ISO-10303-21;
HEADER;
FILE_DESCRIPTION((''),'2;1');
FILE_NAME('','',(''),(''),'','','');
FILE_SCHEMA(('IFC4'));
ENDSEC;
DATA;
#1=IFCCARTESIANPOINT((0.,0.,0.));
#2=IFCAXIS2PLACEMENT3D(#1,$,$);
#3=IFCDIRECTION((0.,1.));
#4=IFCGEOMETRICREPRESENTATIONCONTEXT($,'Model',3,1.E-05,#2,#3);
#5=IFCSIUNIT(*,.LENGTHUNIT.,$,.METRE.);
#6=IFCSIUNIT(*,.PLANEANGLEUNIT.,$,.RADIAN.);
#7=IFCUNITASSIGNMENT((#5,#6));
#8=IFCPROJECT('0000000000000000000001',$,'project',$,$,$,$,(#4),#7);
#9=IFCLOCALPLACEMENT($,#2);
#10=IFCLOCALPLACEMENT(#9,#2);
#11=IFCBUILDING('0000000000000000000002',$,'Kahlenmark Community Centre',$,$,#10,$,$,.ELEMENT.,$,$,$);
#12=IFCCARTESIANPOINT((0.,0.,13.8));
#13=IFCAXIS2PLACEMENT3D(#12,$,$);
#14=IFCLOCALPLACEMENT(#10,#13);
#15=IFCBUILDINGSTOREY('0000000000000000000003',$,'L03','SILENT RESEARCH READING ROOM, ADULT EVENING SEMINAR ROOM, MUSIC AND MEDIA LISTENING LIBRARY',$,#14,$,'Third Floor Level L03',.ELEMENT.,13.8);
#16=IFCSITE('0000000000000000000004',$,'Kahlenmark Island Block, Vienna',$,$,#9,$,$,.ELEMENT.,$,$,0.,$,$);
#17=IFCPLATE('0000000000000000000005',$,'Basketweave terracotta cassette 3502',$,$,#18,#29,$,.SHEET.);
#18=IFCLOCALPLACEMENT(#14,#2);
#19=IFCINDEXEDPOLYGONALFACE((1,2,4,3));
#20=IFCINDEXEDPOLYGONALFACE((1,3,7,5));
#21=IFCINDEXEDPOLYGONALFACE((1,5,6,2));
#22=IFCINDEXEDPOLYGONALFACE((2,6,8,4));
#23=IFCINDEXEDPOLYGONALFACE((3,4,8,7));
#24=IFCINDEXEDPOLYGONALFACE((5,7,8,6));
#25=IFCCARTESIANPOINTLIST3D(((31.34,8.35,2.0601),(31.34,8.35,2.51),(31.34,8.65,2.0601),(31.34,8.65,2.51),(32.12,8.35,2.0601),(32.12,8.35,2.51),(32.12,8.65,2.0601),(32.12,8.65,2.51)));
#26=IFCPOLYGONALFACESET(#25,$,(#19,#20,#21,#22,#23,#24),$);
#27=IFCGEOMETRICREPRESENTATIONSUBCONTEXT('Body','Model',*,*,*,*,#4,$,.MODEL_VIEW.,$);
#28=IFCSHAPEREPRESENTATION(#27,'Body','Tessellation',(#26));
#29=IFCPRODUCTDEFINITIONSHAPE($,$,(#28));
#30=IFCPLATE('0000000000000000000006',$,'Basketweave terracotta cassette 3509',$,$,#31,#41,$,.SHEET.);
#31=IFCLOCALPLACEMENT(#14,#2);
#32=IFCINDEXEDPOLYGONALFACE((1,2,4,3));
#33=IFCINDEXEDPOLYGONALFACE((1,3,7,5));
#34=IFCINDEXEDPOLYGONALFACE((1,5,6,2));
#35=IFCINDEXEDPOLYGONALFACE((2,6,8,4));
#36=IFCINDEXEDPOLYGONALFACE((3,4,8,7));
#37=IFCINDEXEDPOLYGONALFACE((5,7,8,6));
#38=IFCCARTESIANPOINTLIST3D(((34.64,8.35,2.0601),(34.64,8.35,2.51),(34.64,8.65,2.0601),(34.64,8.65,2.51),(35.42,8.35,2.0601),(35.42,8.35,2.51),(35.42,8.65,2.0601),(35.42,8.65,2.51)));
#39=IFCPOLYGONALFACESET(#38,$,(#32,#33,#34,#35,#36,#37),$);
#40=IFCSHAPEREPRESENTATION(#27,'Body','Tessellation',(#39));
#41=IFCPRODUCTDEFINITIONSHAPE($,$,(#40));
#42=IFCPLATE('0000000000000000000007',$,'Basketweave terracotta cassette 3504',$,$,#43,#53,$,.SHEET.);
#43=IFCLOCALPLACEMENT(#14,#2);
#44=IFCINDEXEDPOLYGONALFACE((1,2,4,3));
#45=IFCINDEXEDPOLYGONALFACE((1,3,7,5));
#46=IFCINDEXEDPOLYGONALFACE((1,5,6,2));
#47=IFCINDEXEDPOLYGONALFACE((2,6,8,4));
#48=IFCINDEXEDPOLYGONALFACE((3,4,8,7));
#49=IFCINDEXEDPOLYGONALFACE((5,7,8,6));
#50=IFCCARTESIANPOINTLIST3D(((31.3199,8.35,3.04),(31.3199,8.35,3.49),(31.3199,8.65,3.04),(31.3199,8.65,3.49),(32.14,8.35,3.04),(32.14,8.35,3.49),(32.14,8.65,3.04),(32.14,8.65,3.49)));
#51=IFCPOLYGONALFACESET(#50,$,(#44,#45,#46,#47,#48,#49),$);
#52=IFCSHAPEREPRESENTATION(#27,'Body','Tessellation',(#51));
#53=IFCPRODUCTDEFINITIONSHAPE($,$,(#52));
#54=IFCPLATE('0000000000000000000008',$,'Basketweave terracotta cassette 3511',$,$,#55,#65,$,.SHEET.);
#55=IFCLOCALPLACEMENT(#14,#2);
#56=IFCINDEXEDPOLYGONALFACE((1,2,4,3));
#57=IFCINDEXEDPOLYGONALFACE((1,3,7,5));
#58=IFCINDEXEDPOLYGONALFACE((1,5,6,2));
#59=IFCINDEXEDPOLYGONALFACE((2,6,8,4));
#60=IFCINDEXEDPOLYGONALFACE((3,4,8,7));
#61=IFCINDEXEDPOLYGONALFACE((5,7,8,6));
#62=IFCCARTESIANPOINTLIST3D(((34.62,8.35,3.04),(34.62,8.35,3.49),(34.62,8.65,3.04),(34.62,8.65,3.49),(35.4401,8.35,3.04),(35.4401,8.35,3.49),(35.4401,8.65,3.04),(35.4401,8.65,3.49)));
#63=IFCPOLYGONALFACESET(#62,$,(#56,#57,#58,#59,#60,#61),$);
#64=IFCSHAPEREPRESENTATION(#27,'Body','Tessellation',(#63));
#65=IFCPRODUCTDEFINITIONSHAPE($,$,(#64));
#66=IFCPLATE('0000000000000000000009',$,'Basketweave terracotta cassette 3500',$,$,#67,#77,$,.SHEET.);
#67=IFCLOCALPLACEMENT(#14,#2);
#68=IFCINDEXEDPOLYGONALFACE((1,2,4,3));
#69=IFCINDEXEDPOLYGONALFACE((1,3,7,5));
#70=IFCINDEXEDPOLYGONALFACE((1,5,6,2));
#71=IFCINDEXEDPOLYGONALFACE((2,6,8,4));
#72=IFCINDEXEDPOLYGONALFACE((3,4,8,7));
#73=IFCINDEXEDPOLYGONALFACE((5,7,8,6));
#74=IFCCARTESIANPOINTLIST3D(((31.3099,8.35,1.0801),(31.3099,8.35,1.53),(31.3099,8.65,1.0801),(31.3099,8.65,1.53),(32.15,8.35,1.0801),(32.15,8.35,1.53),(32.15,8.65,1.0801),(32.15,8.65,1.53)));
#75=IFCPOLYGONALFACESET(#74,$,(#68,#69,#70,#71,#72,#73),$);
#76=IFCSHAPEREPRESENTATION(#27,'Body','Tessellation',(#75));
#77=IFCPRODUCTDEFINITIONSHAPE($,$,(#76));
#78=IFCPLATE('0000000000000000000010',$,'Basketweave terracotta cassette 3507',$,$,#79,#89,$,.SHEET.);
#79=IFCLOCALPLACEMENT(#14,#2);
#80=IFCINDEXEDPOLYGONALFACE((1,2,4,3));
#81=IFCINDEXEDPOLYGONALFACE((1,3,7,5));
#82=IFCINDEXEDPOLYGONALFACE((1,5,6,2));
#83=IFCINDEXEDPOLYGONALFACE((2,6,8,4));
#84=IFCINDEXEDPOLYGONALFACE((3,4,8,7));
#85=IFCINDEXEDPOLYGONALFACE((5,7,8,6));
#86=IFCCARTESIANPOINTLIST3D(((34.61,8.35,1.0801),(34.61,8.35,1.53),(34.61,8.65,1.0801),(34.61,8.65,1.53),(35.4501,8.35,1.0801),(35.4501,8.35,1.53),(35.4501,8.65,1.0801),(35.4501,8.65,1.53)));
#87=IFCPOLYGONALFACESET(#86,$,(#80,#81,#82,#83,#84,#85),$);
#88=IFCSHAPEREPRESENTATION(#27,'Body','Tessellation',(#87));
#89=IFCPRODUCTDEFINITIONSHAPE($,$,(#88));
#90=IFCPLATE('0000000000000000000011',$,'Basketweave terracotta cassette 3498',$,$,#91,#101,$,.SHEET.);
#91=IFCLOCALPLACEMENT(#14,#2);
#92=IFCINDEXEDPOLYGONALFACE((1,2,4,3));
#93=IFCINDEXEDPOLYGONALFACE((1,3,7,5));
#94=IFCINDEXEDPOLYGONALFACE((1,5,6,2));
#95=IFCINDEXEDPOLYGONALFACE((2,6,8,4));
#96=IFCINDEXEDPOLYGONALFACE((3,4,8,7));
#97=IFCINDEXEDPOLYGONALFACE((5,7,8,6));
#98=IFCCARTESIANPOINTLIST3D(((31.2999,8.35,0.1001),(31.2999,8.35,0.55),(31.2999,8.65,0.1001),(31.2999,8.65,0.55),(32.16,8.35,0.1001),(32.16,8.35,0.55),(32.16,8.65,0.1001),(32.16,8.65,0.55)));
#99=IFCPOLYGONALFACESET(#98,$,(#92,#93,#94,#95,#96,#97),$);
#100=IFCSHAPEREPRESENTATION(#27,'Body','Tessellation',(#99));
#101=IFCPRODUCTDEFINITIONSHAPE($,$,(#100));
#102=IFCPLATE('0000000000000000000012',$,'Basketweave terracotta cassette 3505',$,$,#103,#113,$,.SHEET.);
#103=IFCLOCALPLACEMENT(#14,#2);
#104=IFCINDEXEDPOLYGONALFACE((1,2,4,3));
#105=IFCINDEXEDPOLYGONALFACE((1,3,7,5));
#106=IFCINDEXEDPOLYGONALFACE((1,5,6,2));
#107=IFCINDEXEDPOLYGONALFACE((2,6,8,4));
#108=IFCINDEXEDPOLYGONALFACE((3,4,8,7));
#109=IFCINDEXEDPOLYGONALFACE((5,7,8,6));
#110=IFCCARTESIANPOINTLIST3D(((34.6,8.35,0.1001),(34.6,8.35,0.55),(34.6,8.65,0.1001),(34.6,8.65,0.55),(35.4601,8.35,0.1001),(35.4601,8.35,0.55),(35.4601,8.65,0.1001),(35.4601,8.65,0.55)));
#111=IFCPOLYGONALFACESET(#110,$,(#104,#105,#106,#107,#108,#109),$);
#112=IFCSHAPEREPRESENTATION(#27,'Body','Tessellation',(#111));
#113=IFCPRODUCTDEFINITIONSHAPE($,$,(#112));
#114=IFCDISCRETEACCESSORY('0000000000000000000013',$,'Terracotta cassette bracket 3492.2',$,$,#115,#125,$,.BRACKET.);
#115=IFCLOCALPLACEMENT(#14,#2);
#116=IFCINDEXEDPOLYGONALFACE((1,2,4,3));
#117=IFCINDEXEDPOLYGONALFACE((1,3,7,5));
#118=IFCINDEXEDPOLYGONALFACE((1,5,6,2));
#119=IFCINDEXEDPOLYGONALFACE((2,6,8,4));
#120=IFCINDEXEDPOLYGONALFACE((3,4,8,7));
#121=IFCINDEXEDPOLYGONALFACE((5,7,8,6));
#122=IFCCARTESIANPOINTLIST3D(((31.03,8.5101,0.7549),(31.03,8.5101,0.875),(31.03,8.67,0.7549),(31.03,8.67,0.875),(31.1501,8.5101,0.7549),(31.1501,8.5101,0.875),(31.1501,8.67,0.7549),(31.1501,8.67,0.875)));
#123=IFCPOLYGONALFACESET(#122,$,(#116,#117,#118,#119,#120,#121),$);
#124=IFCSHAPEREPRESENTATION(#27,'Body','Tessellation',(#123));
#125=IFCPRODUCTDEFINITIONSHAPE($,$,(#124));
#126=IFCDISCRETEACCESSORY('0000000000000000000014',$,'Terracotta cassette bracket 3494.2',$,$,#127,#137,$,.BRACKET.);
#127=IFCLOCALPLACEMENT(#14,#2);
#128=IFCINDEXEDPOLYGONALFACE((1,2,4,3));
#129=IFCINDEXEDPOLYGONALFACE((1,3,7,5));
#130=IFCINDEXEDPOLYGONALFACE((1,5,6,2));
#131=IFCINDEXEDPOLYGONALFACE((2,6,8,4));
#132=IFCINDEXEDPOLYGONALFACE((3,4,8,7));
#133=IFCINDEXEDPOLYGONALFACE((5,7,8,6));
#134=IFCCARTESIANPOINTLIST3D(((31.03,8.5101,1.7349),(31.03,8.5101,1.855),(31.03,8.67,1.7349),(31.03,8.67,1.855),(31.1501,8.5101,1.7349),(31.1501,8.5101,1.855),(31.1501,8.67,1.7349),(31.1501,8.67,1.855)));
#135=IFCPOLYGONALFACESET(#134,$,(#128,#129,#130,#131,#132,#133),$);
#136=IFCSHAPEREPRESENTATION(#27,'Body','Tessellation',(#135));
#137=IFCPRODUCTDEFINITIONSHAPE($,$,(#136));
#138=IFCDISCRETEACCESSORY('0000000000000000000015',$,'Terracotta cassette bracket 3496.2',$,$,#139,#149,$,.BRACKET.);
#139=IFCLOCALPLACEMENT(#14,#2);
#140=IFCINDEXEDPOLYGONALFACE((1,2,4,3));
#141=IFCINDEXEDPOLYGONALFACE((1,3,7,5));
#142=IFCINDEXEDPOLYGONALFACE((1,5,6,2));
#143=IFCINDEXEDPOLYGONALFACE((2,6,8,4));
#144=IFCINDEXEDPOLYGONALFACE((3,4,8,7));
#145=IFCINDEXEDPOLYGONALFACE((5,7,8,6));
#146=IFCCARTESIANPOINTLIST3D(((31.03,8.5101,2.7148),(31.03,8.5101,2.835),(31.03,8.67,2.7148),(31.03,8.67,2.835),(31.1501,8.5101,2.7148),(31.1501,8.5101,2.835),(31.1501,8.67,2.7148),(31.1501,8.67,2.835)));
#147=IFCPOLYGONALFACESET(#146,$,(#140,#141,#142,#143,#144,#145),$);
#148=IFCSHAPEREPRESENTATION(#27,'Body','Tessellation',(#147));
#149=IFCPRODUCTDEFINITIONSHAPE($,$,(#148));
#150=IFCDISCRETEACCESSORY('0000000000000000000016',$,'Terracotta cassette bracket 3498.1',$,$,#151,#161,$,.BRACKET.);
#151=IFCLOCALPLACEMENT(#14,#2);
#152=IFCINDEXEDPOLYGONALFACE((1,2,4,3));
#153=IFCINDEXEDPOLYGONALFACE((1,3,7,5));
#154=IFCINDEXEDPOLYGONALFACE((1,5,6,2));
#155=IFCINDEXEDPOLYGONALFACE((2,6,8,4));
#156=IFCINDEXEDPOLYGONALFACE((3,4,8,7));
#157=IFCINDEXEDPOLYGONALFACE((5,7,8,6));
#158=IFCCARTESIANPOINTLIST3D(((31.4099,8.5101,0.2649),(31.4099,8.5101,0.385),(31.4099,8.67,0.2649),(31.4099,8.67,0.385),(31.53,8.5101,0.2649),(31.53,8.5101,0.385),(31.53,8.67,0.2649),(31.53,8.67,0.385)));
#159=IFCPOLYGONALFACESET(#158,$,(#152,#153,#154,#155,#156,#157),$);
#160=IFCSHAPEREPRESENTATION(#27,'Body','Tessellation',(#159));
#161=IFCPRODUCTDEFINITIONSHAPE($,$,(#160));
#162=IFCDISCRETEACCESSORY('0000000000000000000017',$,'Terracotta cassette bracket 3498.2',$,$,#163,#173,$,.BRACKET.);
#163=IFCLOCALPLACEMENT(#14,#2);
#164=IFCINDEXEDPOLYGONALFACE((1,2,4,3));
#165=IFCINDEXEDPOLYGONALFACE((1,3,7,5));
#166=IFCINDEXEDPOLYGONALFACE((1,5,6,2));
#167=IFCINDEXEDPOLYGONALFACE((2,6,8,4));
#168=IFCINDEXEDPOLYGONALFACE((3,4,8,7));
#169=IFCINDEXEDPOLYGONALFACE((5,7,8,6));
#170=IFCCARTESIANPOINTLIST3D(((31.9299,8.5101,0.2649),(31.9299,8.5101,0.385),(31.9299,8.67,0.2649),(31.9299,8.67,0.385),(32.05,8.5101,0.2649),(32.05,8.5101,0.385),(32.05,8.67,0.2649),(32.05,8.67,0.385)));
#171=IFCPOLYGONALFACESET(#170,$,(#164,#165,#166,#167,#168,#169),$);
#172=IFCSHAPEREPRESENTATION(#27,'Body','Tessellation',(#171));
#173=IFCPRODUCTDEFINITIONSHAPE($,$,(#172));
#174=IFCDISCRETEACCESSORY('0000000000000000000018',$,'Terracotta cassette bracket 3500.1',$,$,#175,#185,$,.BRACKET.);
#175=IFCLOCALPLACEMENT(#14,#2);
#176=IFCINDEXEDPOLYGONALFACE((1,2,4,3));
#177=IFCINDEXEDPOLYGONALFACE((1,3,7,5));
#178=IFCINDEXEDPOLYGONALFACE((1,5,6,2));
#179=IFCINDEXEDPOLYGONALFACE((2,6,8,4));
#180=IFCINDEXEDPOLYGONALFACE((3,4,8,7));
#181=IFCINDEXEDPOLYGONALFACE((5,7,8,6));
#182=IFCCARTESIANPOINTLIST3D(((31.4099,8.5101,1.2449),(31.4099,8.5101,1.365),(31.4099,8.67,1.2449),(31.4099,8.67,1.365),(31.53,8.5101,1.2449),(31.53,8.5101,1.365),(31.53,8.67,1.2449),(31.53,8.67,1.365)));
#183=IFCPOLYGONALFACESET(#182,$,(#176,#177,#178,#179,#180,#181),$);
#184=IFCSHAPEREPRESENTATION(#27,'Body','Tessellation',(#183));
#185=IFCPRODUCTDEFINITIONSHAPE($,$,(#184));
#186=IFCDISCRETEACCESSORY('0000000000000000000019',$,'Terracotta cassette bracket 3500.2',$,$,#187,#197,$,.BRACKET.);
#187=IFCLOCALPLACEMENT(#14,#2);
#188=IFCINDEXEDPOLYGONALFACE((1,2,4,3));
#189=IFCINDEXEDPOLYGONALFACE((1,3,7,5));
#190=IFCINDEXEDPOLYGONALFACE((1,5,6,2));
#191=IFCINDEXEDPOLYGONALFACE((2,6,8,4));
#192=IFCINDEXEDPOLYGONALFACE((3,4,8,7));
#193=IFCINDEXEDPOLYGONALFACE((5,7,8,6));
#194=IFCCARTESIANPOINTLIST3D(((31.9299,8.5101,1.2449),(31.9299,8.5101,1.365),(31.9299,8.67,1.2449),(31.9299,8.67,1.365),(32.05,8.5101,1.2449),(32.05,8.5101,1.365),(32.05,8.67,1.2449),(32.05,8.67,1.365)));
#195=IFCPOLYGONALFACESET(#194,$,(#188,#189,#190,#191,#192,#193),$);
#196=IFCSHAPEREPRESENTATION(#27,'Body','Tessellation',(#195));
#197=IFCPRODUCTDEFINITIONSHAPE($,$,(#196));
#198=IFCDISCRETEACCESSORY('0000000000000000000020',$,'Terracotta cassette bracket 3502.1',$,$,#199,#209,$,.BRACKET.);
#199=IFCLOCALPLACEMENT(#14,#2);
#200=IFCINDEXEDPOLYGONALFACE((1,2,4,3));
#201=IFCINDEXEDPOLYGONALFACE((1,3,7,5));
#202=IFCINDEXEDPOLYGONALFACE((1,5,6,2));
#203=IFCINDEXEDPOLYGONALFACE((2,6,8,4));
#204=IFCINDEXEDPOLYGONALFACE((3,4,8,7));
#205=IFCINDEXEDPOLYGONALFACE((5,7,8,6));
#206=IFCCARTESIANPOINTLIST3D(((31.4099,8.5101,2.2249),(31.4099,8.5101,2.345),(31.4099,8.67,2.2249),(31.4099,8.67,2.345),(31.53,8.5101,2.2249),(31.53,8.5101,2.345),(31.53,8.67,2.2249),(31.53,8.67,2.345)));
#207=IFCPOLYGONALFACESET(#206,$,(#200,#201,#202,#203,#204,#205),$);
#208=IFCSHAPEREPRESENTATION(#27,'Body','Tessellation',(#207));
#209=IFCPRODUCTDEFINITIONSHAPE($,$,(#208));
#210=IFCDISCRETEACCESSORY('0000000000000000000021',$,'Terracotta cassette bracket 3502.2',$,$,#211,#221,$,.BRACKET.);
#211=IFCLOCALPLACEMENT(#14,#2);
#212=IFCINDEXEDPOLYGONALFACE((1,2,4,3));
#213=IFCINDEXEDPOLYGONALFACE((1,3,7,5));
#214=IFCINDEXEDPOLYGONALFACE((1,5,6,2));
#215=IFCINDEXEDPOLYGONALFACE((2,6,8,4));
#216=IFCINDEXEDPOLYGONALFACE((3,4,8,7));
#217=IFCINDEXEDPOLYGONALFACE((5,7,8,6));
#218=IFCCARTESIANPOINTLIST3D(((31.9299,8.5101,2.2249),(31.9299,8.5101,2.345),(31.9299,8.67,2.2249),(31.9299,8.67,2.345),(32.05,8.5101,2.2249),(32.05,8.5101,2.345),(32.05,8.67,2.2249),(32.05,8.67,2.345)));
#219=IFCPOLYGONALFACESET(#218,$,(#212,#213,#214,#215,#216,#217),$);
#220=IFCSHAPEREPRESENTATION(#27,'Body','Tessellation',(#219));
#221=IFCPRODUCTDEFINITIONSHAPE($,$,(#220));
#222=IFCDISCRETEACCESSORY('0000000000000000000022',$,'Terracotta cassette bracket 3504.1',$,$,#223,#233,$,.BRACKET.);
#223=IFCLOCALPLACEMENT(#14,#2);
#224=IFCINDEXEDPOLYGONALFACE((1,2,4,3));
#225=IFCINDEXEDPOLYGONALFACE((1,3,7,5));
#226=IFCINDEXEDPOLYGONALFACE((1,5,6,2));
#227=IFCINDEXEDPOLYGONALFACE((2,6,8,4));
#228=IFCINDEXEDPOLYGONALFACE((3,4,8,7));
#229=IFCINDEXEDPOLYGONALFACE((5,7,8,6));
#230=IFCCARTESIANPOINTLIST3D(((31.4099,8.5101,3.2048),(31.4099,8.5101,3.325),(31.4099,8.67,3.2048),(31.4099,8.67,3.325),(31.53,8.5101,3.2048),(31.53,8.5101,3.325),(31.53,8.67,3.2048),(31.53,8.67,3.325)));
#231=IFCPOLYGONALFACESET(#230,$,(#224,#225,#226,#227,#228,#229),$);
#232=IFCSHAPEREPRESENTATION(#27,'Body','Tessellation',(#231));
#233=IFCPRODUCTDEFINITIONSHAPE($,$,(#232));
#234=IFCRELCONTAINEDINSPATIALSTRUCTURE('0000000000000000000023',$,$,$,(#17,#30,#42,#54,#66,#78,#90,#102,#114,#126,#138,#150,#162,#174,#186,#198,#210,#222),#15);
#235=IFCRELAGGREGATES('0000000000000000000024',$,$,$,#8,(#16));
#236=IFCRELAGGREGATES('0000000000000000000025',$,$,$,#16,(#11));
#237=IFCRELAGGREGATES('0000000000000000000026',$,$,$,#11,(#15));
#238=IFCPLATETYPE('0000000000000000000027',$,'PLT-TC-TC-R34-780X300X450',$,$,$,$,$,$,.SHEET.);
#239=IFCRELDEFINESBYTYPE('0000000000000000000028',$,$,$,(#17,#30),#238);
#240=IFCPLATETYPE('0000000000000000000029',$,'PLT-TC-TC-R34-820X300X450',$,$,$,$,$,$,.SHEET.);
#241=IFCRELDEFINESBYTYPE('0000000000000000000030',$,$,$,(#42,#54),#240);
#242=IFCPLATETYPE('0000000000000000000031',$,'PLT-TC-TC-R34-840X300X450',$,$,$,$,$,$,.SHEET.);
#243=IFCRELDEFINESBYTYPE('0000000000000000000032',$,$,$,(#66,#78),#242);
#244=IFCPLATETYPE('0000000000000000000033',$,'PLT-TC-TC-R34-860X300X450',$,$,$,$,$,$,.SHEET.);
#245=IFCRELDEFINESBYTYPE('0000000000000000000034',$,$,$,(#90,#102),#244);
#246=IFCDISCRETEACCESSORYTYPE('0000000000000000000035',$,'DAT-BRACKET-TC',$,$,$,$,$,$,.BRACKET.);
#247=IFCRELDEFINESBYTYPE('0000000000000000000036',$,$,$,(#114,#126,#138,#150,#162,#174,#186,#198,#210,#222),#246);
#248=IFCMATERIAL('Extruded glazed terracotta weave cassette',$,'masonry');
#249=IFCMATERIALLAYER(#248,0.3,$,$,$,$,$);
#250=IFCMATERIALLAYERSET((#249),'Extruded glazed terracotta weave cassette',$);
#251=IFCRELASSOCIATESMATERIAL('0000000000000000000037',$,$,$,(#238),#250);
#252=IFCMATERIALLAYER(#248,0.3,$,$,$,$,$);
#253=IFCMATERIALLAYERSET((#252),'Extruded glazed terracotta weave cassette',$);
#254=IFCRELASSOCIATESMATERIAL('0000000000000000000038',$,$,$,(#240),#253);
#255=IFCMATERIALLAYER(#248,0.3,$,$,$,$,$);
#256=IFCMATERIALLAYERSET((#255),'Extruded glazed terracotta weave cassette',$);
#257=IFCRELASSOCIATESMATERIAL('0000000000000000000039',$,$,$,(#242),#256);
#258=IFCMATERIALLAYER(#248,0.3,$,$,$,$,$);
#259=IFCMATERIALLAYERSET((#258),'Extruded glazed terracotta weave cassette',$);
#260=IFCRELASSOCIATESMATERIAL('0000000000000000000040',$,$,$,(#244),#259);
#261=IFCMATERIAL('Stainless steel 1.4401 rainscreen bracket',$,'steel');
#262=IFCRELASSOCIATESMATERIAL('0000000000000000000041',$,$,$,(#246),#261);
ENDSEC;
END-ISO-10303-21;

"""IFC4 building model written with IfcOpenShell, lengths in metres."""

from ifc_helpers import new_model, si_unit, direction, frame, origin, origin_2d, place, context, subcontext, project, spatial, rectangle, extrude, material, layer, layer_set, type_object, element, save


model = new_model("IFC4")

# Units and contexts
model_context = context("Model", 3, precision=1e-05, world=origin(), true_north=direction((0.0, 1.0)))
body_context = subcontext(model_context, "Body", "Model", "MODEL_VIEW")
ifc_project = project(units=[si_unit("LENGTHUNIT", "METRE"), si_unit("PLANEANGLEUNIT", "RADIAN")], contexts=[model_context])

# Site, building, storey
site_placement = place(None, origin())
site = spatial("IfcSite", under=ifc_project, at=site_placement, Name="Kahlenmark Island Block, Vienna", CompositionType="ELEMENT", RefElevation=0.0)
building_placement = place(site_placement, origin())
building = spatial("IfcBuilding", under=site, at=building_placement, Name="Kahlenmark Community Centre", CompositionType="ELEMENT")
storey_placement = place(building_placement, frame((0.0, 0.0, 13.8)))
storey = spatial("IfcBuildingStorey", under=building, at=storey_placement, Name="L03", Description="SILENT RESEARCH READING ROOM, ADULT EVENING SEMINAR ROOM, MUSIC AND MEDIA LISTENING LIBRARY", LongName="Third Floor Level L03", CompositionType="ELEMENT", Elevation=13.8)

# Plates
ifc_material_1 = material(Name="Extruded glazed terracotta weave cassette", Category="masonry")
ifc_layer_1 = layer(ifc_material_1, 0.3)
ifc_layer_set_1 = layer_set([ifc_layer_1], Name="Extruded glazed terracotta weave cassette")
plate_type_1 = type_object("IfcPlateType", Name="PLT-TC-TC-R34-780X300X450", PredefinedType="SHEET", material=ifc_layer_set_1)
for number, where, z_axis, x_axis, name in (
    (1, (31.73, 8.5, 2.0601), (0.0, 0.0, 1.0), (1.0, 0.0, 0.0), "Basketweave terracotta cassette 3502"),
    (2, (35.03, 8.5, 2.0601), (0.0, 0.0, 1.0), (1.0, 0.0, 0.0), "Basketweave terracotta cassette 3509"),
):
    element("IfcPlate", number, at=place(storey_placement, frame(where, z_axis=z_axis, x_axis=x_axis)), inside=storey, type_object=plate_type_1, Name=name, PredefinedType="SHEET", context=body_context, shape_type="SweptSolid", body=[
        extrude(rectangle(XDim=0.78, YDim=0.3, at=origin_2d()), origin(), (0.0, 0.0, 1.0), 0.45),
    ])
ifc_layer_2 = layer(ifc_material_1, 0.3)
ifc_layer_set_2 = layer_set([ifc_layer_2], Name="Extruded glazed terracotta weave cassette")
plate_type_2 = type_object("IfcPlateType", Name="PLT-TC-TC-R34-820X300X450", PredefinedType="SHEET", material=ifc_layer_set_2)
for number, where, z_axis, x_axis, name in (
    (3, (31.73, 8.5, 3.04), (0.0, 0.0, 1.0), (1.0, 0.0, 0.0), "Basketweave terracotta cassette 3504"),
    (4, (35.03, 8.5, 3.04), (0.0, 0.0, 1.0), (1.0, 0.0, 0.0), "Basketweave terracotta cassette 3511"),
):
    element("IfcPlate", number, at=place(storey_placement, frame(where, z_axis=z_axis, x_axis=x_axis)), inside=storey, type_object=plate_type_2, Name=name, PredefinedType="SHEET", context=body_context, shape_type="SweptSolid", body=[
        extrude(rectangle(XDim=0.8201, YDim=0.3, at=origin_2d()), origin(), (0.0, 0.0, 1.0), 0.45),
    ])
ifc_layer_3 = layer(ifc_material_1, 0.3)
ifc_layer_set_3 = layer_set([ifc_layer_3], Name="Extruded glazed terracotta weave cassette")
plate_type_3 = type_object("IfcPlateType", Name="PLT-TC-TC-R34-840X300X450", PredefinedType="SHEET", material=ifc_layer_set_3)
for number, where, z_axis, x_axis, name in (
    (5, (31.73, 8.5, 1.0801), (0.0, 0.0, 1.0), (1.0, 0.0, 0.0), "Basketweave terracotta cassette 3500"),
    (6, (35.03, 8.5, 1.0801), (0.0, 0.0, 1.0), (1.0, 0.0, 0.0), "Basketweave terracotta cassette 3507"),
):
    element("IfcPlate", number, at=place(storey_placement, frame(where, z_axis=z_axis, x_axis=x_axis)), inside=storey, type_object=plate_type_3, Name=name, PredefinedType="SHEET", context=body_context, shape_type="SweptSolid", body=[
        extrude(rectangle(XDim=0.8401, YDim=0.3, at=origin_2d()), origin(), (0.0, 0.0, 1.0), 0.45),
    ])
ifc_layer_4 = layer(ifc_material_1, 0.3)
ifc_layer_set_4 = layer_set([ifc_layer_4], Name="Extruded glazed terracotta weave cassette")
plate_type_4 = type_object("IfcPlateType", Name="PLT-TC-TC-R34-860X300X450", PredefinedType="SHEET", material=ifc_layer_set_4)
for number, where, z_axis, x_axis, name in (
    (7, (31.73, 8.5, 0.1001), (0.0, 0.0, 1.0), (1.0, 0.0, 0.0), "Basketweave terracotta cassette 3498"),
    (8, (35.03, 8.5, 0.1001), (0.0, 0.0, 1.0), (1.0, 0.0, 0.0), "Basketweave terracotta cassette 3505"),
):
    element("IfcPlate", number, at=place(storey_placement, frame(where, z_axis=z_axis, x_axis=x_axis)), inside=storey, type_object=plate_type_4, Name=name, PredefinedType="SHEET", context=body_context, shape_type="SweptSolid", body=[
        extrude(rectangle(XDim=0.8601, YDim=0.3, at=origin_2d()), origin(), (0.0, 0.0, 1.0), 0.45),
    ])

# Discrete accessories
ifc_material_2 = material(Name="Stainless steel 1.4401 rainscreen bracket", Category="steel")
discrete_accessory_type = type_object("IfcDiscreteAccessoryType", Name="DAT-BRACKET-TC", PredefinedType="BRACKET", material=ifc_material_2)
for number, where, z_axis, x_axis, name in (
    (9, (31.0901, 8.5901, 0.7549), (0.0, 0.0, 1.0), (1.0, 0.0, 0.0), "Terracotta cassette bracket 3492.2"),
    (10, (31.0901, 8.5901, 1.7349), (0.0, 0.0, 1.0), (1.0, 0.0, 0.0), "Terracotta cassette bracket 3494.2"),
    (11, (31.0901, 8.5901, 2.7148), (0.0, 0.0, 1.0), (1.0, 0.0, 0.0), "Terracotta cassette bracket 3496.2"),
    (12, (31.47, 8.5901, 0.2649), (0.0, 0.0, 1.0), (1.0, 0.0, 0.0), "Terracotta cassette bracket 3498.1"),
    (13, (31.99, 8.5901, 0.2649), (0.0, 0.0, 1.0), (1.0, 0.0, 0.0), "Terracotta cassette bracket 3498.2"),
    (14, (31.47, 8.5901, 1.2449), (0.0, 0.0, 1.0), (1.0, 0.0, 0.0), "Terracotta cassette bracket 3500.1"),
    (15, (31.99, 8.5901, 1.2449), (0.0, 0.0, 1.0), (1.0, 0.0, 0.0), "Terracotta cassette bracket 3500.2"),
    (16, (31.47, 8.5901, 2.2249), (0.0, 0.0, 1.0), (1.0, 0.0, 0.0), "Terracotta cassette bracket 3502.1"),
    (17, (31.99, 8.5901, 2.2249), (0.0, 0.0, 1.0), (1.0, 0.0, 0.0), "Terracotta cassette bracket 3502.2"),
    (18, (31.47, 8.5901, 3.2048), (0.0, 0.0, 1.0), (1.0, 0.0, 0.0), "Terracotta cassette bracket 3504.1"),
):
    element("IfcDiscreteAccessory", number, at=place(storey_placement, frame(where, z_axis=z_axis, x_axis=x_axis)), inside=storey, type_object=discrete_accessory_type, Name=name, PredefinedType="BRACKET", context=body_context, shape_type="SweptSolid", body=[
        extrude(rectangle(XDim=0.1201, YDim=0.1599, at=origin_2d()), origin(), (0.0, 0.0, 1.0), 0.1201),
    ])

save(model, "model.ifc")
